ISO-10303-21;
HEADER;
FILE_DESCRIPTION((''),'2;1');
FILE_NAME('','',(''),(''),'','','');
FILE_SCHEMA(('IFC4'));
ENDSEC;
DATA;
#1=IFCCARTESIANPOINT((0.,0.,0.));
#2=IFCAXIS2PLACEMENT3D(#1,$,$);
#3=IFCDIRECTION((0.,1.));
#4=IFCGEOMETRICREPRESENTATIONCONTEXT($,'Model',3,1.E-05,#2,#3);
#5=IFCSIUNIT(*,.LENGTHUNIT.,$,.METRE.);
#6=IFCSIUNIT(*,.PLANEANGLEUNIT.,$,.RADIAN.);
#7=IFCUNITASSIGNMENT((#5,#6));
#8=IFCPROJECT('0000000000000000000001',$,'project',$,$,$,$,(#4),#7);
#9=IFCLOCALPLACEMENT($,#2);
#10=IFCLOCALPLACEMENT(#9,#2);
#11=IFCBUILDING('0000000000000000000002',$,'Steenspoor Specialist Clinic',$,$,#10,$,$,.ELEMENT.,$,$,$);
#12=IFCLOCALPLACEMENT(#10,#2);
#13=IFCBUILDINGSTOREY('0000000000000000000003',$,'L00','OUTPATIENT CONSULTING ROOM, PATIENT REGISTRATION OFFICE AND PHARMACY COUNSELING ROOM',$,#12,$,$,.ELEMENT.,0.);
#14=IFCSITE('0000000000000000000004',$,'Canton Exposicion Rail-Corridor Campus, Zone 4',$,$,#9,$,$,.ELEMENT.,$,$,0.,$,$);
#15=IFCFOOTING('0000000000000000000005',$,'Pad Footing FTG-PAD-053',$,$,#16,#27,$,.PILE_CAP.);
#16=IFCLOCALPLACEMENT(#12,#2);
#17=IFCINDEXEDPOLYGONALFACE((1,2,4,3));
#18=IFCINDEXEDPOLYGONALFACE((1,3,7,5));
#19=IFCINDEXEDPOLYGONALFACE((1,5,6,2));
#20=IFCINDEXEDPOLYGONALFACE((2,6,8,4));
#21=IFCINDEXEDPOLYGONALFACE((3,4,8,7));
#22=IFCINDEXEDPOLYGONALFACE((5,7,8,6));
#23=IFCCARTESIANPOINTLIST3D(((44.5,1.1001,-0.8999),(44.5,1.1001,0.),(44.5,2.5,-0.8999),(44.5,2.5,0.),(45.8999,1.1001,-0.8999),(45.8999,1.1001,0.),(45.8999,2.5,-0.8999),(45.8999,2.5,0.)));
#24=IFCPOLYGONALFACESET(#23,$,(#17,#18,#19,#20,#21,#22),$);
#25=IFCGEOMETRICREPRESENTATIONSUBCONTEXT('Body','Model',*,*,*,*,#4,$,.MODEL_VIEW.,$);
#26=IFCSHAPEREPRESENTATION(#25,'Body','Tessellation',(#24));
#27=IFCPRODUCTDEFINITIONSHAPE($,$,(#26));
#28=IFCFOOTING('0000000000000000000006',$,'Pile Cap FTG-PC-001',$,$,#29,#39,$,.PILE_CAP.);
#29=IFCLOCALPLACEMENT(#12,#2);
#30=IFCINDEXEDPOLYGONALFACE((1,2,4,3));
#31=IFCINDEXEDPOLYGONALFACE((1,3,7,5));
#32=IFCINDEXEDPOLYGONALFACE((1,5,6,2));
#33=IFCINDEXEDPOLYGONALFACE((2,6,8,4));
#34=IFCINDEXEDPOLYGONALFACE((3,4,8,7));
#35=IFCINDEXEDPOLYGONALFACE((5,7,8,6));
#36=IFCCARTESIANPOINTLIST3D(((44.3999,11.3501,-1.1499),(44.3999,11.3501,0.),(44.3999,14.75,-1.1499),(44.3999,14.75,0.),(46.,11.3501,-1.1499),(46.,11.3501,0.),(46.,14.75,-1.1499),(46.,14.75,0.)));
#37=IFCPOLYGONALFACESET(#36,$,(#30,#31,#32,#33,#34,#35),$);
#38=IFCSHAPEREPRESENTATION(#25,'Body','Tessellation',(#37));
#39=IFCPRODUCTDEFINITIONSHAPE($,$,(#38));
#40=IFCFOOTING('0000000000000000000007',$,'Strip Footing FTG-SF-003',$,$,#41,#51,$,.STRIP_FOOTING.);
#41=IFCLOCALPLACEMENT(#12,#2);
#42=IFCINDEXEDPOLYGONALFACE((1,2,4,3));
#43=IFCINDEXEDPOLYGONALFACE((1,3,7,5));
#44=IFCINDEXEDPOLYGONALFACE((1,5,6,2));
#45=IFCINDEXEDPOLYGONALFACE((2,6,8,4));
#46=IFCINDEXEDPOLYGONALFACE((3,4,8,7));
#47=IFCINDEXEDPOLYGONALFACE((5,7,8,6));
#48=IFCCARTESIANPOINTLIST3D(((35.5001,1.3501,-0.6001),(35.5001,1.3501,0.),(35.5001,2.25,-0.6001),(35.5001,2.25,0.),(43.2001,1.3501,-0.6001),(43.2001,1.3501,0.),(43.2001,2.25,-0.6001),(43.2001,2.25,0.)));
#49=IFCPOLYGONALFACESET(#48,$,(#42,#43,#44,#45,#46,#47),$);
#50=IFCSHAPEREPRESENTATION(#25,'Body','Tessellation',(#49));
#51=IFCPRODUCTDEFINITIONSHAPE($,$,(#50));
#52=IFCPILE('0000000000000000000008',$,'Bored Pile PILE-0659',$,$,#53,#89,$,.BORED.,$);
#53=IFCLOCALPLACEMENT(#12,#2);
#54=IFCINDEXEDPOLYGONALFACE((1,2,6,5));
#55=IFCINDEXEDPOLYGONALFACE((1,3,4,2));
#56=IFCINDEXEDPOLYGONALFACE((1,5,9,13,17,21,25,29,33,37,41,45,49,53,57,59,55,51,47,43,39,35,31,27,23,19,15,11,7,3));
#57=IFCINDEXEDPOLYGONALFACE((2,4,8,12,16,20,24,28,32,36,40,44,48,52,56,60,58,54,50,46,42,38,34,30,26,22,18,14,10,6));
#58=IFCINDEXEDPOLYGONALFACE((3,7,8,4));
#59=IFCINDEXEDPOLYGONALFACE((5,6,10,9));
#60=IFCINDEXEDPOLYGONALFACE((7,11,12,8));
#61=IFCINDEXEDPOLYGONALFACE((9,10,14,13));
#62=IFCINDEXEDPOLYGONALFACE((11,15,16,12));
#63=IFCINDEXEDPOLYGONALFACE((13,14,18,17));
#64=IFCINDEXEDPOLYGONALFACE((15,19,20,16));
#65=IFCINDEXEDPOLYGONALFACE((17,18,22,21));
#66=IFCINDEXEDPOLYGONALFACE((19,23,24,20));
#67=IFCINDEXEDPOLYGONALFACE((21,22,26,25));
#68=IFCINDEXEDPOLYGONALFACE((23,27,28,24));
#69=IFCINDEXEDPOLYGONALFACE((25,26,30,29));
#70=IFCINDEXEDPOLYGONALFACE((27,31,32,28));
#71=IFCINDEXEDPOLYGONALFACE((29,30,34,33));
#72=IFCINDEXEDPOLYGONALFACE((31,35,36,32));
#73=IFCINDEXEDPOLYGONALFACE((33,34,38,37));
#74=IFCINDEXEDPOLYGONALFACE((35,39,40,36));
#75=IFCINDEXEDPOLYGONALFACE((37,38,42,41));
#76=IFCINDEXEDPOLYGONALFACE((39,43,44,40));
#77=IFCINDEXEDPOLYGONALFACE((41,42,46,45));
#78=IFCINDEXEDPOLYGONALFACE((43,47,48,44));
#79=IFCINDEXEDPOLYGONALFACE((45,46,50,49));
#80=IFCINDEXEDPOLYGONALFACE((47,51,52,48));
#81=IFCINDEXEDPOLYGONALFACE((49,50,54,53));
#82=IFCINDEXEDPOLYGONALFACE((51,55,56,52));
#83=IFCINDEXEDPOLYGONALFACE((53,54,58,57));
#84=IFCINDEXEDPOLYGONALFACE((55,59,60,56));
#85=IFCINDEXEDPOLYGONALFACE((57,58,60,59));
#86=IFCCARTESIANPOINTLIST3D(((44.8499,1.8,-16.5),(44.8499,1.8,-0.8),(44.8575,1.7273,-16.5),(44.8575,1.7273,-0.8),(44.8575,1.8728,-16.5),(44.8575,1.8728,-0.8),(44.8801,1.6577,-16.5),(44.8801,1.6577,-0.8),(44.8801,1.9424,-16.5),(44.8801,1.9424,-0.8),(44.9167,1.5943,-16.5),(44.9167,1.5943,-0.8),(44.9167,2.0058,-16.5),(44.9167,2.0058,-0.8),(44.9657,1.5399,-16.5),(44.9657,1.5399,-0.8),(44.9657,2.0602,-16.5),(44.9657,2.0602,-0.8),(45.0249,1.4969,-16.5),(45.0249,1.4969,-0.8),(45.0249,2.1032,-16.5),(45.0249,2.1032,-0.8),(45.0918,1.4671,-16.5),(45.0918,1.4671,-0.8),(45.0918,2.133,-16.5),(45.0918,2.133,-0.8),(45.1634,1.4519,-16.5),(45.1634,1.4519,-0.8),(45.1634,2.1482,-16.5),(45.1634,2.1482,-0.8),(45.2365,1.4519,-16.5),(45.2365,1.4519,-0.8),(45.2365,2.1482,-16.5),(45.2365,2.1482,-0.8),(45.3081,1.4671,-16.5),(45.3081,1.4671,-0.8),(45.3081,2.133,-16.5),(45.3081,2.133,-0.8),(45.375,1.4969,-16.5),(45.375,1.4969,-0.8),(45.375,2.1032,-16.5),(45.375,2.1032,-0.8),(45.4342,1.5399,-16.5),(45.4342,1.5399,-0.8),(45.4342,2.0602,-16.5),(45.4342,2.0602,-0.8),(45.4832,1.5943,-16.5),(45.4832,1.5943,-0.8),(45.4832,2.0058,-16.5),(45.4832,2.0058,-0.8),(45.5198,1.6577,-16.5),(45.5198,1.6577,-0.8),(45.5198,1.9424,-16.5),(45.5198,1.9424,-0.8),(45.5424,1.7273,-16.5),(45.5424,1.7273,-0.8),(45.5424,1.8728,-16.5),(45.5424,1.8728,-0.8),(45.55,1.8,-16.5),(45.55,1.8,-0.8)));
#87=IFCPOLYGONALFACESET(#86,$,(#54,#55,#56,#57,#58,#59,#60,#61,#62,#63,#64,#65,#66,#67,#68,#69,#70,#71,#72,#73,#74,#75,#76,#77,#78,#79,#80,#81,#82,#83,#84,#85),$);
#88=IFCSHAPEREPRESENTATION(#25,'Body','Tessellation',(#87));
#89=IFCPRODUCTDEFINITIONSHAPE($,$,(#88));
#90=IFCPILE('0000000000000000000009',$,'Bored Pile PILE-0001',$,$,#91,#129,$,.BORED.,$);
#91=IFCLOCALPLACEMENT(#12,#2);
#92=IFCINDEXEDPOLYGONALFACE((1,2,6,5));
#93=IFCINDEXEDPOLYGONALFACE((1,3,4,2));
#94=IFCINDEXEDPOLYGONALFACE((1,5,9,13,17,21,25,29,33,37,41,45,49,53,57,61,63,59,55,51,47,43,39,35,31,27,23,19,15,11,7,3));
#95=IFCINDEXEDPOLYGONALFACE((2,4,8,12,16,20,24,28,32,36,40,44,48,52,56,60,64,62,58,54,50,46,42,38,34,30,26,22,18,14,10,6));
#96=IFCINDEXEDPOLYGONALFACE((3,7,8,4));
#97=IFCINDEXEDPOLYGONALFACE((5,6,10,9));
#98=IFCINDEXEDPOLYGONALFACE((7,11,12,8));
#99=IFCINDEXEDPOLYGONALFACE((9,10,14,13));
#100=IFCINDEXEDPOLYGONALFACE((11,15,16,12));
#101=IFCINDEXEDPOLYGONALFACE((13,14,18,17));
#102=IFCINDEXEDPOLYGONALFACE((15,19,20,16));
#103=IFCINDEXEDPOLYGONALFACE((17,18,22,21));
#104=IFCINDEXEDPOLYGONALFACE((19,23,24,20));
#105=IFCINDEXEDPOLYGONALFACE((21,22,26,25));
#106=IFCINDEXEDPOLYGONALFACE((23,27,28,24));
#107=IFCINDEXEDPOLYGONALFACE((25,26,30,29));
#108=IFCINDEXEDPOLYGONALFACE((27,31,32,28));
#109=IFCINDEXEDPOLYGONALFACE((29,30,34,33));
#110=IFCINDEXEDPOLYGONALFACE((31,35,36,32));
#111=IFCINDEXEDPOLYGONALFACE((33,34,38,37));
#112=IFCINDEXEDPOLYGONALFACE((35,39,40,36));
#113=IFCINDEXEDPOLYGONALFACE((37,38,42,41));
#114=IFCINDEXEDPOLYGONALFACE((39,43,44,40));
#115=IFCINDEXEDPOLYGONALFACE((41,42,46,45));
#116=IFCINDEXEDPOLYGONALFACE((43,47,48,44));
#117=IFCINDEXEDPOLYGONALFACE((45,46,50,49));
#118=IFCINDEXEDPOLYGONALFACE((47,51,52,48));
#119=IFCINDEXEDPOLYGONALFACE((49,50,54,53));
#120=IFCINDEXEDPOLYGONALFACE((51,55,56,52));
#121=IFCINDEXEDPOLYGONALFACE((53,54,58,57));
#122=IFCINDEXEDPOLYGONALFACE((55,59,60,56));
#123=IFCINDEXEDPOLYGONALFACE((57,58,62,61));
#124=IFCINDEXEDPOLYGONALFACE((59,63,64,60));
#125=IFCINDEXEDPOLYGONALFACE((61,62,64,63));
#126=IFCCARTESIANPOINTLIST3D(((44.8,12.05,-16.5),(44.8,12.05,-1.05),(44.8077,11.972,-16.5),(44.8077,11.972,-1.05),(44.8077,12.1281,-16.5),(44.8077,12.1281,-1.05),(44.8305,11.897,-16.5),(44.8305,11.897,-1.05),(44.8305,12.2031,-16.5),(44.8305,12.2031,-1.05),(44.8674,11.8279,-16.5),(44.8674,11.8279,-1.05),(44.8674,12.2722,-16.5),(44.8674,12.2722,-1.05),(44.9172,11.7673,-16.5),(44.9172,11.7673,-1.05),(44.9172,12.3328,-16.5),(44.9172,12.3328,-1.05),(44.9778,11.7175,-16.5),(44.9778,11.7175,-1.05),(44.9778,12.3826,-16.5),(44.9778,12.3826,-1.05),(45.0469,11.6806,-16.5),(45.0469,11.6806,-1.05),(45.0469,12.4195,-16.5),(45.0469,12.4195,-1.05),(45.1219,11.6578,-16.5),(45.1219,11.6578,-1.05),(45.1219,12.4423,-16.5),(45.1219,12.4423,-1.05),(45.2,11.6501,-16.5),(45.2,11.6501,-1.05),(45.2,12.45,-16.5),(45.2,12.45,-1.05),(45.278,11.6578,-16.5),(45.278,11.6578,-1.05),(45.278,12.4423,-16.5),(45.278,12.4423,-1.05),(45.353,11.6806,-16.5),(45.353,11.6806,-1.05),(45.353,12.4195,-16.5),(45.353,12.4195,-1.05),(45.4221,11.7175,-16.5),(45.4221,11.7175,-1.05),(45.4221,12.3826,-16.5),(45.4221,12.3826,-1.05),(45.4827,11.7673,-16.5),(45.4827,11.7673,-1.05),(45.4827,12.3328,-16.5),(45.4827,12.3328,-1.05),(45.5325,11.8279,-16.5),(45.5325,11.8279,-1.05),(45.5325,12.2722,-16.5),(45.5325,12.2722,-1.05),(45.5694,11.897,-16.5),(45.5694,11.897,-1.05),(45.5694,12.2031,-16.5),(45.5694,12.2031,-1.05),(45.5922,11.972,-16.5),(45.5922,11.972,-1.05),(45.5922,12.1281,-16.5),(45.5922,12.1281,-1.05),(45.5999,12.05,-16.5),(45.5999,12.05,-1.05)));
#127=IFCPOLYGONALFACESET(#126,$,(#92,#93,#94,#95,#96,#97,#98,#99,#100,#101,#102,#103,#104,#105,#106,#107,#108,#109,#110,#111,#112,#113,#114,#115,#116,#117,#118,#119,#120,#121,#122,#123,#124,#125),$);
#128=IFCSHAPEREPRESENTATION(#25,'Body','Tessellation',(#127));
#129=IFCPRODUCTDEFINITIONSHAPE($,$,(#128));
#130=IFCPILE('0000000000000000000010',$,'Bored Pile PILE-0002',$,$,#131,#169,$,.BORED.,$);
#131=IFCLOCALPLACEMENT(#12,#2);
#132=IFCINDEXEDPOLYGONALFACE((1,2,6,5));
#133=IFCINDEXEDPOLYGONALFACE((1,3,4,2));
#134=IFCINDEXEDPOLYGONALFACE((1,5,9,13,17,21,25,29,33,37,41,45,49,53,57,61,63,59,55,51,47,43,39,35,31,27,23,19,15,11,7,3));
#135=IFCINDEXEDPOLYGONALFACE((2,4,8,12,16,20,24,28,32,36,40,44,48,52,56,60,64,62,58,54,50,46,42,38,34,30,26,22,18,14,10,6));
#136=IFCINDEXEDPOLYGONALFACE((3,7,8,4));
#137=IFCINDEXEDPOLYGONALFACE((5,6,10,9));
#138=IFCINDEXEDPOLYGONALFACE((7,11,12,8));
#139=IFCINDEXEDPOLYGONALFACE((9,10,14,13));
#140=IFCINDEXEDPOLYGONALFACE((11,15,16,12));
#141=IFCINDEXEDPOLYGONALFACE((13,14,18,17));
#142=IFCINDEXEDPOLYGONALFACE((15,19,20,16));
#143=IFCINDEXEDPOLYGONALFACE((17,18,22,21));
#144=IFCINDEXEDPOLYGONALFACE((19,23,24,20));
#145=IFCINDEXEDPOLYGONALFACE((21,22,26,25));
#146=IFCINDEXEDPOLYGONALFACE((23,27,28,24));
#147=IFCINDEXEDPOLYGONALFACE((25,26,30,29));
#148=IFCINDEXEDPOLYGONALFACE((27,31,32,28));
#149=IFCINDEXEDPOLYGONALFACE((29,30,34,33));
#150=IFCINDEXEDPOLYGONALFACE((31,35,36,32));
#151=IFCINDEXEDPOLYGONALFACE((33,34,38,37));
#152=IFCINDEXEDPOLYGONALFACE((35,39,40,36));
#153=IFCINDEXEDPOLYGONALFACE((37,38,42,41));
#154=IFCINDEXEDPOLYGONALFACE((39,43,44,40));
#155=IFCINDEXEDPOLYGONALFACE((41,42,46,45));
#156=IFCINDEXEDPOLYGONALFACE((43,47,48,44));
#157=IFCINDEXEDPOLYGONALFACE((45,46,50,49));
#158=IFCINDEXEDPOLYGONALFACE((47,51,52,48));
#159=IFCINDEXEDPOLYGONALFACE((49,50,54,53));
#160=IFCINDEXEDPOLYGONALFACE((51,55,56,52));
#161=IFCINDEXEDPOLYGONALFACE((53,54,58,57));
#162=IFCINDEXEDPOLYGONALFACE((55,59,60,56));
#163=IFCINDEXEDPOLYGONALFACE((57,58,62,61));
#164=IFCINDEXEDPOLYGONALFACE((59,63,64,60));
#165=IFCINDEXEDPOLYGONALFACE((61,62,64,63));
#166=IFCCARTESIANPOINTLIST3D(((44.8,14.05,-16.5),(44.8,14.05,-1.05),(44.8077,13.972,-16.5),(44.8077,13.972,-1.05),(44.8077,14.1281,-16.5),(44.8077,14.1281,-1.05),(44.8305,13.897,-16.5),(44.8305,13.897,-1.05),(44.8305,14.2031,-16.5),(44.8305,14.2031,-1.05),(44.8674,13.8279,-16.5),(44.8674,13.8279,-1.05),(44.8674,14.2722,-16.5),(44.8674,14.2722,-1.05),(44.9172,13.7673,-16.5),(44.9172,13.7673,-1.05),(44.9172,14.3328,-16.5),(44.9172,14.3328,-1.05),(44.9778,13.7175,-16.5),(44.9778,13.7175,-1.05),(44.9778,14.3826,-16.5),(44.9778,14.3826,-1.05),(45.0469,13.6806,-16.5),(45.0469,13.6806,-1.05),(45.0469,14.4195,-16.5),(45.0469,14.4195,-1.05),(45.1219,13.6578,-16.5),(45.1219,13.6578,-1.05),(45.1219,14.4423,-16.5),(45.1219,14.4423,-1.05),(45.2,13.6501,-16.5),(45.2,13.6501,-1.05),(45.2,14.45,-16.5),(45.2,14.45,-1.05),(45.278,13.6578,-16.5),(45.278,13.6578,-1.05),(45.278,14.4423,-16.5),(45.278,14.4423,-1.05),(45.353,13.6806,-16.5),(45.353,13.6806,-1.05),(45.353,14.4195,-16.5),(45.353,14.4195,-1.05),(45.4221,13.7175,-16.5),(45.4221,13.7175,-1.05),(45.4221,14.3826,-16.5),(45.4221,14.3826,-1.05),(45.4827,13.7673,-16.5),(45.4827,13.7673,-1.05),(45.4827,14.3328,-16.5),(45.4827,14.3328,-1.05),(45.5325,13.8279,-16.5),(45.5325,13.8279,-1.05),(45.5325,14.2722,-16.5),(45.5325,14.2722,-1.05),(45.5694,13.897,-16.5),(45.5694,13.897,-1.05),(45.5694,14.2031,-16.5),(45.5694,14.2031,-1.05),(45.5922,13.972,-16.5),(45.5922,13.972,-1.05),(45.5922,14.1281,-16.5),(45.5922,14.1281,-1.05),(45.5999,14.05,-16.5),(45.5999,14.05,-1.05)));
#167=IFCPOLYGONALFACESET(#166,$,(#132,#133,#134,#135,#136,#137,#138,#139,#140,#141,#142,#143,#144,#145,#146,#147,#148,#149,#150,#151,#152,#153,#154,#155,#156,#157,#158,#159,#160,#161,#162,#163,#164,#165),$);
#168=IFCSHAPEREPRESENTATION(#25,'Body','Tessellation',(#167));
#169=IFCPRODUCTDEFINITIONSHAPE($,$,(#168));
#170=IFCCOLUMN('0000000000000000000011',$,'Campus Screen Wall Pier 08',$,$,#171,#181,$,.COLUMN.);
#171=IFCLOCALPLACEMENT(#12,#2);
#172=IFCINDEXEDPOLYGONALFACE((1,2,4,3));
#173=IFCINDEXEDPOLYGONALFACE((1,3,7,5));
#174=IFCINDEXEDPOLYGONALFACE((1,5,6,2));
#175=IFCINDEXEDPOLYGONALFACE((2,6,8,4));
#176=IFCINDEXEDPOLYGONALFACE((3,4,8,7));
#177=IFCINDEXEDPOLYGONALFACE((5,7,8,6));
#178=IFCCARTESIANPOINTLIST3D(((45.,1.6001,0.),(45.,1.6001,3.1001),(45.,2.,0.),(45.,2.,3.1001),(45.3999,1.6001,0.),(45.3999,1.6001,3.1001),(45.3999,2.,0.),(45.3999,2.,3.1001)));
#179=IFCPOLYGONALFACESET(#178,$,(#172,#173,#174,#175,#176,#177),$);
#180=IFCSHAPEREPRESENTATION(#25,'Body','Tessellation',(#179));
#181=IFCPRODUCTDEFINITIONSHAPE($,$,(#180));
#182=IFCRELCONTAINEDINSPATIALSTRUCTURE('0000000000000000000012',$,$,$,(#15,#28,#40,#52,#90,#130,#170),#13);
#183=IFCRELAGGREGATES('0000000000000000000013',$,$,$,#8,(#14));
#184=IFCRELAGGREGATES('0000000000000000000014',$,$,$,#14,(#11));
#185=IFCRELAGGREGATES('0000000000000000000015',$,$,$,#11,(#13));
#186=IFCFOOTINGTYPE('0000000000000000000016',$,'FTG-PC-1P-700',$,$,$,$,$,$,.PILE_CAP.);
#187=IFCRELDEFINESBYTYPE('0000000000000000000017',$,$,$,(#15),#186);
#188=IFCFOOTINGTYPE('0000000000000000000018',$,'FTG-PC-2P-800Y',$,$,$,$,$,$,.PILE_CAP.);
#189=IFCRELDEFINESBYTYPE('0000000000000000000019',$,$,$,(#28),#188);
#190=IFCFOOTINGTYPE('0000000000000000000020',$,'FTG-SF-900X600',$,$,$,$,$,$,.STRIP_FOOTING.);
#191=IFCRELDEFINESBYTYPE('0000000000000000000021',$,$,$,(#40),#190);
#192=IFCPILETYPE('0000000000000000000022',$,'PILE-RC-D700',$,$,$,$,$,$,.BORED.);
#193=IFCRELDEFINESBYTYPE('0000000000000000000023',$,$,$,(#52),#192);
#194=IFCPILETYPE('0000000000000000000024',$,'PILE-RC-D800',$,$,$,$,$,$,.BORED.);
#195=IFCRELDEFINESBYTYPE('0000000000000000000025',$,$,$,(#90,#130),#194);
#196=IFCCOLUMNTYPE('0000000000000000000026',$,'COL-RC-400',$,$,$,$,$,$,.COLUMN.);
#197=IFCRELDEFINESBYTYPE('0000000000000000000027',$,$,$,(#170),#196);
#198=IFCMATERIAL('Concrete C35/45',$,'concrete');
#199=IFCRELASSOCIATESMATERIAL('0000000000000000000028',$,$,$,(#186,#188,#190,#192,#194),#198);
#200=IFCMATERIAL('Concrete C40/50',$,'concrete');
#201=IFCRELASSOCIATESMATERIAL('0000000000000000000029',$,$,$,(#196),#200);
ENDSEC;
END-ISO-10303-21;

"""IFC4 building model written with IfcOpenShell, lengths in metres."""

from ifc_helpers import new_model, si_unit, direction, frame, origin, origin_2d, place, context, subcontext, project, spatial, rectangle, circle, extrude, material, material_profile, profile_set, type_object, element, save


model = new_model("IFC4")

# Units and contexts
model_context = context("Model", 3, precision=1e-05, world=origin(), true_north=direction((0.0, 1.0)))
body_context = subcontext(model_context, "Body", "Model", "MODEL_VIEW")
ifc_project = project(units=[si_unit("LENGTHUNIT", "METRE"), si_unit("PLANEANGLEUNIT", "RADIAN")], contexts=[model_context])

# Site, building, storey
site_placement = place(None, origin())
site = spatial("IfcSite", under=ifc_project, at=site_placement, Name="Canton Exposicion Rail-Corridor Campus, Zone 4", CompositionType="ELEMENT", RefElevation=0.0)
building_placement = place(site_placement, origin())
building = spatial("IfcBuilding", under=site, at=building_placement, Name="Steenspoor Specialist Clinic", CompositionType="ELEMENT")
storey_placement = place(building_placement, origin())
storey = spatial("IfcBuildingStorey", under=building, at=storey_placement, Name="L00", Description="OUTPATIENT CONSULTING ROOM, PATIENT REGISTRATION OFFICE AND PHARMACY COUNSELING ROOM", CompositionType="ELEMENT", Elevation=0.0)

# Footings
ifc_material_1 = material(Name="Concrete C35/45", Category="concrete")
footing_type_1 = type_object("IfcFootingType", Name="FTG-PC-1P-700", PredefinedType="PILE_CAP", material=ifc_material_1)
footing_1_placement = place(storey_placement, frame((45.2, 1.8, -0.8999), z_axis=(0.0, 0.0, 1.0), x_axis=(1.0, 0.0, 0.0)))
element("IfcFooting", 1, at=footing_1_placement, inside=storey, type_object=footing_type_1, Name="Pad Footing FTG-PAD-053", PredefinedType="PILE_CAP", context=body_context, shape_type="SweptSolid", body=[
    extrude(rectangle(XDim=1.3999, YDim=1.3999, at=origin_2d()), origin(), (0.0, 0.0, 1.0), 0.8999),
])
footing_type_2 = type_object("IfcFootingType", Name="FTG-PC-2P-800Y", PredefinedType="PILE_CAP", material=ifc_material_1)
footing_2_placement = place(storey_placement, frame((45.2, 13.05, -1.1499), z_axis=(0.0, 0.0, 1.0), x_axis=(1.0, 0.0, 0.0)))
element("IfcFooting", 2, at=footing_2_placement, inside=storey, type_object=footing_type_2, Name="Pile Cap FTG-PC-001", PredefinedType="PILE_CAP", context=body_context, shape_type="SweptSolid", body=[
    extrude(rectangle(XDim=1.6001, YDim=3.3999, at=origin_2d()), origin(), (0.0, 0.0, 1.0), 1.1499),
])
footing_type_3 = type_object("IfcFootingType", Name="FTG-SF-900X600", PredefinedType="STRIP_FOOTING", material=ifc_material_1)
footing_3_placement = place(storey_placement, frame((39.3501, 1.8, -0.6001), z_axis=(0.0, 0.0, 1.0), x_axis=(1.0, 0.0, 0.0)))
element("IfcFooting", 3, at=footing_3_placement, inside=storey, type_object=footing_type_3, Name="Strip Footing FTG-SF-003", PredefinedType="STRIP_FOOTING", context=body_context, shape_type="SweptSolid", body=[
    extrude(rectangle(XDim=7.7, YDim=0.8999, at=origin_2d()), origin(), (0.0, 0.0, 1.0), 0.6001),
])

# Piles
ifc_material_profile_1 = material_profile(ifc_material_1, circle(Radius=0.3501, at=origin_2d()), Name="PILE-D700")
ifc_profile_set_1 = profile_set([ifc_material_profile_1], Name="Concrete C35/45")
pile_type_1 = type_object("IfcPileType", Name="PILE-RC-D700", PredefinedType="BORED", material=ifc_profile_set_1)
pile_placement = place(storey_placement, frame((45.2, 1.8, -0.8), z_axis=(0.0, 0.0, -1.0), x_axis=(1.0, 0.0, 0.0)))
element("IfcPile", 4, at=pile_placement, inside=storey, type_object=pile_type_1, Name="Bored Pile PILE-0659", PredefinedType="BORED", context=body_context, shape_type="SweptSolid", body=[
    extrude(circle(Radius=0.3501, at=origin_2d()), origin(), (0.0, 0.0, 1.0), 15.7),
])
ifc_material_profile_2 = material_profile(ifc_material_1, circle(Radius=0.3999, at=origin_2d()), Name="PILE-D800")
ifc_profile_set_2 = profile_set([ifc_material_profile_2], Name="Concrete C35/45")
pile_type_2 = type_object("IfcPileType", Name="PILE-RC-D800", PredefinedType="BORED", material=ifc_profile_set_2)
for number, where, z_axis, x_axis, name in (
    (5, (45.2, 12.05, -1.05), (0.0, 0.0, -1.0), (1.0, 0.0, 0.0), "Bored Pile PILE-0001"),
    (6, (45.2, 14.05, -1.05), (0.0, 0.0, -1.0), (1.0, 0.0, 0.0), "Bored Pile PILE-0002"),
):
    element("IfcPile", number, at=place(storey_placement, frame(where, z_axis=z_axis, x_axis=x_axis)), inside=storey, type_object=pile_type_2, Name=name, PredefinedType="BORED", context=body_context, shape_type="SweptSolid", body=[
        extrude(circle(Radius=0.3999, at=origin_2d()), origin(), (0.0, 0.0, 1.0), 15.45),
    ])

# Column
ifc_material_2 = material(Name="Concrete C40/50", Category="concrete")
ifc_material_profile_3 = material_profile(ifc_material_2, rectangle(XDim=0.3999, YDim=0.3999, at=origin_2d()), Name="RC-COL-400X400")
ifc_profile_set_3 = profile_set([ifc_material_profile_3], Name="Concrete C40/50")
column_type_1 = type_object("IfcColumnType", Name="COL-RC-400", PredefinedType="COLUMN", material=ifc_profile_set_3)
column_1_placement = place(storey_placement, frame((45.2, 1.8, 0.0), z_axis=(0.0, 0.0, 1.0), x_axis=(1.0, 0.0, 0.0)))
element("IfcColumn", 7, at=column_1_placement, inside=storey, type_object=column_type_1, Name="Campus Screen Wall Pier 08", PredefinedType="COLUMN", context=body_context, shape_type="SweptSolid", body=[
    extrude(rectangle(XDim=0.3999, YDim=0.3999, at=origin_2d()), origin(), (0.0, 0.0, 1.0), 3.1001),
])

save(model, "model.ifc")
